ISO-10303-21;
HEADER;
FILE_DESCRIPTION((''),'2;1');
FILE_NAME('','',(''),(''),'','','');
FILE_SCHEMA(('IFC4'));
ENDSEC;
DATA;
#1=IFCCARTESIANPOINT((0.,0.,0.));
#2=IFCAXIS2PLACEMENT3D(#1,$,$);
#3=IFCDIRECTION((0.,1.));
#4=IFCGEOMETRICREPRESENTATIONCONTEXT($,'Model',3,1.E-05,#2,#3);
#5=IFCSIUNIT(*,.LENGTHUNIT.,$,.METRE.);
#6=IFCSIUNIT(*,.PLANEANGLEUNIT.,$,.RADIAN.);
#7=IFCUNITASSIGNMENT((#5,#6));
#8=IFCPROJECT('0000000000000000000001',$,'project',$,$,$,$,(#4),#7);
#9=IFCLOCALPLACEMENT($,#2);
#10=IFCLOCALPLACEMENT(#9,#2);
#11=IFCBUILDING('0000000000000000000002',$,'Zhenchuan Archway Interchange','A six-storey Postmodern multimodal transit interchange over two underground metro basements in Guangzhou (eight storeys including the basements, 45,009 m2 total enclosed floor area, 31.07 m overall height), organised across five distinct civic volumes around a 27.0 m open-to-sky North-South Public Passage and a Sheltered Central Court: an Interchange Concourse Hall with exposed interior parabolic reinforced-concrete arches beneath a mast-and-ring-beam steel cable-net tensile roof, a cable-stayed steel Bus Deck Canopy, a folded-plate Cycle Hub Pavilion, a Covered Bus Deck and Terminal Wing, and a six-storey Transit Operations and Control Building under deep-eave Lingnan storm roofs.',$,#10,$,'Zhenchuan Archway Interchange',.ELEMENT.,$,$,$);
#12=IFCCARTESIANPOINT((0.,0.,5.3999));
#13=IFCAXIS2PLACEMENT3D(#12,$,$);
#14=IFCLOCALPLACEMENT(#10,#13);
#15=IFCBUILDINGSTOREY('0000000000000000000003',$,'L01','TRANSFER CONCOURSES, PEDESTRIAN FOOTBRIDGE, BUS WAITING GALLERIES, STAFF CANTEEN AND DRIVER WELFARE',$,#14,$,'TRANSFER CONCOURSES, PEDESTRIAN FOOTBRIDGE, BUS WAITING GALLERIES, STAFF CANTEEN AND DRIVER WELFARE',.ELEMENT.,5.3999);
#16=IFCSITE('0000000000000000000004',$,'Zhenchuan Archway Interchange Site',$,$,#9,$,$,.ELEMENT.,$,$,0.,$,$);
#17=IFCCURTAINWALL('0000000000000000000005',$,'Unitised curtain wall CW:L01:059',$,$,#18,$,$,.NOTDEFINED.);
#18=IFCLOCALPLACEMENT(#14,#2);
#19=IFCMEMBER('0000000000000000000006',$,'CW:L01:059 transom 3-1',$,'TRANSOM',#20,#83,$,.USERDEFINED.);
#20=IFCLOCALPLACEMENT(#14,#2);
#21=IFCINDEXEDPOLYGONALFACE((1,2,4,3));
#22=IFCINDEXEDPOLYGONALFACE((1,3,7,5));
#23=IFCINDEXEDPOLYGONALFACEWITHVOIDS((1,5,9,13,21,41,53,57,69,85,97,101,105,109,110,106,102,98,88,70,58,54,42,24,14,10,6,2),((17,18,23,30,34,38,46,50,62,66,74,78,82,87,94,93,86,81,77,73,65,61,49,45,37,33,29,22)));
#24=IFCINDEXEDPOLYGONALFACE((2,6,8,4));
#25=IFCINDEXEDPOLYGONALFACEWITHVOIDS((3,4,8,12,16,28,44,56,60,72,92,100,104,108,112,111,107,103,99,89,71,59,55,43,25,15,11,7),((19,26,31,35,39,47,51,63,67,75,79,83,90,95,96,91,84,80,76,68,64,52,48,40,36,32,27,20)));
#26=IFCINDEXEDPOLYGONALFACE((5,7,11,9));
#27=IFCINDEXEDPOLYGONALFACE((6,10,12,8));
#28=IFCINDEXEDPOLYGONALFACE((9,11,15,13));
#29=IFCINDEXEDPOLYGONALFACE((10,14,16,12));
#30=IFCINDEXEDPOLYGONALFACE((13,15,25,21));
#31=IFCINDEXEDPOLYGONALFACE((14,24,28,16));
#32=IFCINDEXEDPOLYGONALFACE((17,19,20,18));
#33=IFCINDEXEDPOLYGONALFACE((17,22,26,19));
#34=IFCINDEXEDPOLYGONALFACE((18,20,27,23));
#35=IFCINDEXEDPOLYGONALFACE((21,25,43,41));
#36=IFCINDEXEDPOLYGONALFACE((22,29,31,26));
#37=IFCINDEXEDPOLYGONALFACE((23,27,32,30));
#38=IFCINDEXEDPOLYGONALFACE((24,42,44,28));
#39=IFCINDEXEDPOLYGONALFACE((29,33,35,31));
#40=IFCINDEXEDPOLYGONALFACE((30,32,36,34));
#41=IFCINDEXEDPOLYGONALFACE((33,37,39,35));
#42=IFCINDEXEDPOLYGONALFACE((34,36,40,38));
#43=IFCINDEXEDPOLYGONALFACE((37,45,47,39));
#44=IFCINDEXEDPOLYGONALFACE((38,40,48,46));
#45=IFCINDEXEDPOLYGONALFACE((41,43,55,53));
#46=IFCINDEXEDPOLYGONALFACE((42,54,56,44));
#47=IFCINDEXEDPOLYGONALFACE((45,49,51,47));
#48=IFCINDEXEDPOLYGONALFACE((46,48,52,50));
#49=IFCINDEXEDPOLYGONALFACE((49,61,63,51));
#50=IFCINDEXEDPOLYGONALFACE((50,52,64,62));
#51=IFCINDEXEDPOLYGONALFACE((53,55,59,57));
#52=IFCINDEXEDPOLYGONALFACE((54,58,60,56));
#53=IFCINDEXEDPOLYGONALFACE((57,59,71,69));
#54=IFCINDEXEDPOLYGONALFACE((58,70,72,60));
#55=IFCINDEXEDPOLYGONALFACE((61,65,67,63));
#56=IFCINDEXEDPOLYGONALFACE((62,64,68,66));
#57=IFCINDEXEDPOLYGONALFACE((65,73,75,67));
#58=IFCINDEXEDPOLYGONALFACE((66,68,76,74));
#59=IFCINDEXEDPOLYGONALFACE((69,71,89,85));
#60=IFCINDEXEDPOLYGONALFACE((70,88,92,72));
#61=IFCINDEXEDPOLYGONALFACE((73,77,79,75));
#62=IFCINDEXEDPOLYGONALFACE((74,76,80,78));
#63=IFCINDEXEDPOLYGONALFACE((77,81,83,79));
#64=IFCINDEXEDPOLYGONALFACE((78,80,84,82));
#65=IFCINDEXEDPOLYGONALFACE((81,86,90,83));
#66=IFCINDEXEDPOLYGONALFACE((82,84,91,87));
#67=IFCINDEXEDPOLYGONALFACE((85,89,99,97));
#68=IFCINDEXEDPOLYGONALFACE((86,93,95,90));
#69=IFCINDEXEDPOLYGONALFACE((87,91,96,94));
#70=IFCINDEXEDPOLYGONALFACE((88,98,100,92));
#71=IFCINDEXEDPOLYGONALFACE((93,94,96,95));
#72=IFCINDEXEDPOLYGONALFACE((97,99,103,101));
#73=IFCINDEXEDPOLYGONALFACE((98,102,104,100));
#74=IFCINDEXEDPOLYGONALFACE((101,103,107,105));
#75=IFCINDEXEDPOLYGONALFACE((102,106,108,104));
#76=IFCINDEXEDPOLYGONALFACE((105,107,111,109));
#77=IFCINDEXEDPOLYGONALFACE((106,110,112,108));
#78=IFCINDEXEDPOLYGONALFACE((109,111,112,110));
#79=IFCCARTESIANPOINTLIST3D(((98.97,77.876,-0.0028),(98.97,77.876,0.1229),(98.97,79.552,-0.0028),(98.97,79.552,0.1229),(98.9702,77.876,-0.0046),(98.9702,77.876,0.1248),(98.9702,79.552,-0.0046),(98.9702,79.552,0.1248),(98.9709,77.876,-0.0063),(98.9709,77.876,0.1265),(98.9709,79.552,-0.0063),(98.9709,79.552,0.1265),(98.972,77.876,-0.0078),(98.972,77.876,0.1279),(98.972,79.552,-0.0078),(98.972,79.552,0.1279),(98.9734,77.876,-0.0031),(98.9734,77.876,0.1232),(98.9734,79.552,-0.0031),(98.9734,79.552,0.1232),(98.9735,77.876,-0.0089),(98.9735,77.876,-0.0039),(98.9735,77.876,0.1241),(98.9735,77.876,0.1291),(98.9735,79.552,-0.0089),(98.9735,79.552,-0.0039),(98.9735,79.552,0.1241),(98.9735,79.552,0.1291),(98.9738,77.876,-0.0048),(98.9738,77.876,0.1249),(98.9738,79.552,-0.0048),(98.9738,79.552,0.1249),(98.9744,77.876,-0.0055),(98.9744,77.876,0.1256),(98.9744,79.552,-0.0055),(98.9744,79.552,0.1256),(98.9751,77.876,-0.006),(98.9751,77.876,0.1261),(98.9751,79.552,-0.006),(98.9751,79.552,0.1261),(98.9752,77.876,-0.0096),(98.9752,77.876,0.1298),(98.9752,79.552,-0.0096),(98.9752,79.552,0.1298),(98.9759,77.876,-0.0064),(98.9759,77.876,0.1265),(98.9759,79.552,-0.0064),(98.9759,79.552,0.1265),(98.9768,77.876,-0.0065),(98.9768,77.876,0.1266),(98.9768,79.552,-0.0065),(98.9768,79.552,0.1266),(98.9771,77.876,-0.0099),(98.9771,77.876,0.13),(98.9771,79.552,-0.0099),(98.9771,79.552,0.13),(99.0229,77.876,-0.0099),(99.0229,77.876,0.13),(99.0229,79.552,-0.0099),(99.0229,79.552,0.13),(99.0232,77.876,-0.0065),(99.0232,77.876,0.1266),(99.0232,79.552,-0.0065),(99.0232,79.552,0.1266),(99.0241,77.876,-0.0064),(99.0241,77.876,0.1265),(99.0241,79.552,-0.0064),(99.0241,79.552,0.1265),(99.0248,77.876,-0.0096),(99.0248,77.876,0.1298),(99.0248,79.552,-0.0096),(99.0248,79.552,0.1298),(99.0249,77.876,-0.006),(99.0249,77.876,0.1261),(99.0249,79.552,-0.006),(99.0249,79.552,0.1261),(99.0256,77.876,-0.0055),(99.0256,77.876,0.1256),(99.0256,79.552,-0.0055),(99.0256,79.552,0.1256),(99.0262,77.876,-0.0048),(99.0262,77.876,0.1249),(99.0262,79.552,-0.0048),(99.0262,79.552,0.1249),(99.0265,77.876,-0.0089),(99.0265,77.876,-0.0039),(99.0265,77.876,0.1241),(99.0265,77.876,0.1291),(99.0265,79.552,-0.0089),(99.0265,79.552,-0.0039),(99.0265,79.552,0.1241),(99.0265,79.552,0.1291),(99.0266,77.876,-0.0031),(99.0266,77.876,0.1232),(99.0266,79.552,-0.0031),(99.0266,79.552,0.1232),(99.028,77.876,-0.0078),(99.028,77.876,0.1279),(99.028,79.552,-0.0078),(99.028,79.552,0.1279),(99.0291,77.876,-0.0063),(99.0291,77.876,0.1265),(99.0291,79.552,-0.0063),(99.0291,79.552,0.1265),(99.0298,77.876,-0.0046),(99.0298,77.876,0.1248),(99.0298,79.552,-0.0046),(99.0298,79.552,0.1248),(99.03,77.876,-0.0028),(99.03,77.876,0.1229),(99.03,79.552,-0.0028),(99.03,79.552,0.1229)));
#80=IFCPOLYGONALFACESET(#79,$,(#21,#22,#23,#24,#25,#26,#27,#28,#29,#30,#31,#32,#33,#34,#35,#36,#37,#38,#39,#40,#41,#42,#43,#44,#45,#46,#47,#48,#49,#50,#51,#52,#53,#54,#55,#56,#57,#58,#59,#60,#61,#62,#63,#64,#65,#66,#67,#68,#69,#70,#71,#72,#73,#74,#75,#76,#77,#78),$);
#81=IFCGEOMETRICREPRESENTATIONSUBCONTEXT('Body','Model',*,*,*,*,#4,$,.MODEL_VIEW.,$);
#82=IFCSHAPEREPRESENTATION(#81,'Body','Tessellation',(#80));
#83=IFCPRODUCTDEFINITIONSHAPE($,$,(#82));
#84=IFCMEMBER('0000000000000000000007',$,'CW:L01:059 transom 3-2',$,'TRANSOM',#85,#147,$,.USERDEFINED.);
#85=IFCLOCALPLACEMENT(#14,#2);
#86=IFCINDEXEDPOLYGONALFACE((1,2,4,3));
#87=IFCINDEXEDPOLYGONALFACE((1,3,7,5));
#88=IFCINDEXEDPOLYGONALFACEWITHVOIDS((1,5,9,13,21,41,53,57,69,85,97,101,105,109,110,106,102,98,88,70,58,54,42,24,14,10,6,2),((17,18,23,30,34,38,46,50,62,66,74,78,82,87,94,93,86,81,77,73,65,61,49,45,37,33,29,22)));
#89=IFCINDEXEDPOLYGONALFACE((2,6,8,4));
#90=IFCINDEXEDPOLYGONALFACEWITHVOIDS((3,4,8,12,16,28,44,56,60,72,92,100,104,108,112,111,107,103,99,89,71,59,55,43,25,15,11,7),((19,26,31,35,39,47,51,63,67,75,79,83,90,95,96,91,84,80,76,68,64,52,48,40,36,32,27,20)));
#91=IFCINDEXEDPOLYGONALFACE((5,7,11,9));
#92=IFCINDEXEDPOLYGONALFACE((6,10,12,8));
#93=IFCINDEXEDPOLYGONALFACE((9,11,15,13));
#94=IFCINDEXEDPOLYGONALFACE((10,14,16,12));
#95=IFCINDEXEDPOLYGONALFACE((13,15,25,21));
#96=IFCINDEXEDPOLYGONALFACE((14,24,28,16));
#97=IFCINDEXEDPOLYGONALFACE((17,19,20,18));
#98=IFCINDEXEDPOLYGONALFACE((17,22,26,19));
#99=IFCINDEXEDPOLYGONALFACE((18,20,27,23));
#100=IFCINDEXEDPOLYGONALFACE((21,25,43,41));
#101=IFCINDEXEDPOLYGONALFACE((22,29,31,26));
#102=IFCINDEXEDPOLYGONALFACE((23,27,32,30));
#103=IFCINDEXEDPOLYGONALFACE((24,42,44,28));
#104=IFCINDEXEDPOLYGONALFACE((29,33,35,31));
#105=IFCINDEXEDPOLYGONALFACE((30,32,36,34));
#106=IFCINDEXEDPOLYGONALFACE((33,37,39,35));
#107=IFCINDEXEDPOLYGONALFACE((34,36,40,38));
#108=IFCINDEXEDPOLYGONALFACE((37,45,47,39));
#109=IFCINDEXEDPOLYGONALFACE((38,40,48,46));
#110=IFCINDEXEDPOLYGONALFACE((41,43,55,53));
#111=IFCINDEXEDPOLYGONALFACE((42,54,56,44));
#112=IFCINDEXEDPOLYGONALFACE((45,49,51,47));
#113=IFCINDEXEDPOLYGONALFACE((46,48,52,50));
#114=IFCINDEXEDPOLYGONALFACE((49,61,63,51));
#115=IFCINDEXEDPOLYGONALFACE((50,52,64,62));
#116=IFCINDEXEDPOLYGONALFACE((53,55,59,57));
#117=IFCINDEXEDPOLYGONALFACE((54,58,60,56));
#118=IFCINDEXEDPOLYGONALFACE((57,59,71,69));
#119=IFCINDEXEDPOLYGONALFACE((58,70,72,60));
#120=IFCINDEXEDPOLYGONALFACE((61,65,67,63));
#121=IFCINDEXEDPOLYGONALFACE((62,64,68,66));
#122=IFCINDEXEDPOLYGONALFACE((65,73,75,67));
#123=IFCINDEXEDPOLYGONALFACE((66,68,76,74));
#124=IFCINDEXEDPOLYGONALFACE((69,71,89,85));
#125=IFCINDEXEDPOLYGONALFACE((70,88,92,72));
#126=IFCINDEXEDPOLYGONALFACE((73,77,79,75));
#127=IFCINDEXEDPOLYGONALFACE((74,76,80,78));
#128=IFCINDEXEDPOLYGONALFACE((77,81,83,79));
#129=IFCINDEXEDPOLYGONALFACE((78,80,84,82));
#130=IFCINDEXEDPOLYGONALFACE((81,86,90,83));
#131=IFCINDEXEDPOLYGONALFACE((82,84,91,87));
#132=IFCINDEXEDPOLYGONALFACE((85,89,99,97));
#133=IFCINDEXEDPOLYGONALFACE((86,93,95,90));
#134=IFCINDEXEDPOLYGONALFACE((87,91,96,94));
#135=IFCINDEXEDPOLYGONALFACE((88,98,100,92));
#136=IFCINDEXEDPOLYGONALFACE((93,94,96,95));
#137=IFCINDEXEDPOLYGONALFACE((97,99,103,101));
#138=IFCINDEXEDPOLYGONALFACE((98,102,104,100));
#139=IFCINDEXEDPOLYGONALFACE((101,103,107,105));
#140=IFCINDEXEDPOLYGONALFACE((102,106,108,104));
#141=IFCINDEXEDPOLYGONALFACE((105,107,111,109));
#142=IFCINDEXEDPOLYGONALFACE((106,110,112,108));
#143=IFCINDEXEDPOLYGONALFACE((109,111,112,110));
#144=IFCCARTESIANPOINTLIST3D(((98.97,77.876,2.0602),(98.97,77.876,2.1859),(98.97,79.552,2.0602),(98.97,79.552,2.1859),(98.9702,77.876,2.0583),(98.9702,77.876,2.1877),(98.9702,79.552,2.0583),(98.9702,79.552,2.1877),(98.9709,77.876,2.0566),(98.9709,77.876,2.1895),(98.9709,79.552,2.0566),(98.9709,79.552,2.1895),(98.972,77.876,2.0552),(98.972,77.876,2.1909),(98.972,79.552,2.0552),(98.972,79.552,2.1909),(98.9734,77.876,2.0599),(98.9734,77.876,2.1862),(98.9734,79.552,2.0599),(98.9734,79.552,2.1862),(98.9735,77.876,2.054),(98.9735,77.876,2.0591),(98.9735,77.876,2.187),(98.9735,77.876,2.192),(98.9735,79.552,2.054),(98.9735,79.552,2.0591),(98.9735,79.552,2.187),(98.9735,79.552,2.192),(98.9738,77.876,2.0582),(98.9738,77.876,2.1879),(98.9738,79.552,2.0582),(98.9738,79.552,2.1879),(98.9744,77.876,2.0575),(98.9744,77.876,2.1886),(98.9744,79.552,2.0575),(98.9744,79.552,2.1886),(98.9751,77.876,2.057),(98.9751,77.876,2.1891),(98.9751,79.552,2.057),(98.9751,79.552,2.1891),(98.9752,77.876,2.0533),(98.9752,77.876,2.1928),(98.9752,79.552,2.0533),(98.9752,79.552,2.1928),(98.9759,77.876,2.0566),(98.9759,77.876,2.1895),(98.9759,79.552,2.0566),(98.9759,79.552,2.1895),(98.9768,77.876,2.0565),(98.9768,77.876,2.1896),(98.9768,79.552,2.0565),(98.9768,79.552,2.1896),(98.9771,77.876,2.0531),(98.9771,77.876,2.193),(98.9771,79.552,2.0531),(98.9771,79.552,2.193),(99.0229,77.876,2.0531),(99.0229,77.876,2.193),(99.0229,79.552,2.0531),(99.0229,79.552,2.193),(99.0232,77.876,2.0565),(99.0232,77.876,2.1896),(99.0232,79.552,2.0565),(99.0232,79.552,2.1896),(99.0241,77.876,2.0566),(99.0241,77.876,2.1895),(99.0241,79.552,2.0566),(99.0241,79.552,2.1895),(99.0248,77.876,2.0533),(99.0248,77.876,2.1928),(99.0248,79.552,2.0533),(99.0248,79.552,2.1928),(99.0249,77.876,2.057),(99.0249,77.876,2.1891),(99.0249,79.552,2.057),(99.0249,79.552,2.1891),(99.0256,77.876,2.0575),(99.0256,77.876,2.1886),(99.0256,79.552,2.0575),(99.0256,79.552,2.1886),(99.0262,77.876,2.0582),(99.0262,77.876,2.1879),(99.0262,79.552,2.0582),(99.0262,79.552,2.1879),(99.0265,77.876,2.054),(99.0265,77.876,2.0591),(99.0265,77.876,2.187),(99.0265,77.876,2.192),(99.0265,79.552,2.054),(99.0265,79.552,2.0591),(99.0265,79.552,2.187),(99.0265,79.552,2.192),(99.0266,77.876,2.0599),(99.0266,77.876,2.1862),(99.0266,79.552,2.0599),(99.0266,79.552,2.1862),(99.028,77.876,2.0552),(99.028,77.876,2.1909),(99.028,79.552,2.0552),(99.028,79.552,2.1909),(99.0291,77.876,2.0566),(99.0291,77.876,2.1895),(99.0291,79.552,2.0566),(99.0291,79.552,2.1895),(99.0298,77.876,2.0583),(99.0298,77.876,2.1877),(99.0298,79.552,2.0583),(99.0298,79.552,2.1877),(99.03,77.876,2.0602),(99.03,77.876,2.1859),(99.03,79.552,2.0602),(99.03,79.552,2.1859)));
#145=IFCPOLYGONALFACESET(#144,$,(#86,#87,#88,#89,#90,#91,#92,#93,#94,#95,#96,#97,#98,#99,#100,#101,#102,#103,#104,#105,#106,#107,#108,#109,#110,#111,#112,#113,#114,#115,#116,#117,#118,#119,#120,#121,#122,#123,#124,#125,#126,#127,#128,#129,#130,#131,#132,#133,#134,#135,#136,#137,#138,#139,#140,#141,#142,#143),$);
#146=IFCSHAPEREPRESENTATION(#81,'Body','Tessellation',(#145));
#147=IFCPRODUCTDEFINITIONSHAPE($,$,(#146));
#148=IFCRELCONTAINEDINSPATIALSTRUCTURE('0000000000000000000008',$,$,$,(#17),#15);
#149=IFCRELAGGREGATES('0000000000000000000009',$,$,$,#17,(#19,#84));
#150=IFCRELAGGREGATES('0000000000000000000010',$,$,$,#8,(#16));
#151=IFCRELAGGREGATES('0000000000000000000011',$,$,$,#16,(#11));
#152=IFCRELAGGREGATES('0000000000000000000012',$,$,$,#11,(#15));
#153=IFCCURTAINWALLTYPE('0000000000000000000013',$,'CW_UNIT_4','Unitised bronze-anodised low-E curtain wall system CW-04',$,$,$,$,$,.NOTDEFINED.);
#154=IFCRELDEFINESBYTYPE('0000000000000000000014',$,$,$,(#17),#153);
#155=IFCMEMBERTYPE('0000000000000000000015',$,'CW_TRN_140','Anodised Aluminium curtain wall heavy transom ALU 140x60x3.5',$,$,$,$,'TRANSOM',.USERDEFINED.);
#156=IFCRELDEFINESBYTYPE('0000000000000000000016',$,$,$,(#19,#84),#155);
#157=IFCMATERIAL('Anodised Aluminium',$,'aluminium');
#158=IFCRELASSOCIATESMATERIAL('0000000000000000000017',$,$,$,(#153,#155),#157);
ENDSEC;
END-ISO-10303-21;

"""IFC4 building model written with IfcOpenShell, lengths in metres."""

from ifc_helpers import new_model, si_unit, direction, frame, origin, origin_2d, place, context, subcontext, project, spatial, hollow_rectangle, extrude, material, material_profile, profile_set, type_object, element, aggregate, save


model = new_model("IFC4")

# Units and contexts
model_context = context("Model", 3, precision=1e-05, world=origin(), true_north=direction((0.0, 1.0)))
body_context = subcontext(model_context, "Body", "Model", "MODEL_VIEW")
ifc_project = project(units=[si_unit("LENGTHUNIT", "METRE"), si_unit("PLANEANGLEUNIT", "RADIAN")], contexts=[model_context])

# Site, building, storey
site_placement = place(None, origin())
site = spatial("IfcSite", under=ifc_project, at=site_placement, Name="Zhenchuan Archway Interchange Site", CompositionType="ELEMENT", RefElevation=0.0)
building_placement = place(site_placement, origin())
building = spatial("IfcBuilding", under=site, at=building_placement, Name="Zhenchuan Archway Interchange", Description="A six-storey Postmodern multimodal transit interchange over two underground metro basements in Guangzhou (eight storeys including the basements, 45,009 m2 total enclosed floor area, 31.07 m overall height), organised across five distinct civic volumes around a 27.0 m open-to-sky North-South Public Passage and a Sheltered Central Court: an Interchange Concourse Hall with exposed interior parabolic reinforced-concrete arches beneath a mast-and-ring-beam steel cable-net tensile roof, a cable-stayed steel Bus Deck Canopy, a folded-plate Cycle Hub Pavilion, a Covered Bus Deck and Terminal Wing, and a six-storey Transit Operations and Control Building under deep-eave Lingnan storm roofs.", LongName="Zhenchuan Archway Interchange", CompositionType="ELEMENT")
storey_placement = place(building_placement, frame((0.0, 0.0, 5.3999)))
storey = spatial("IfcBuildingStorey", under=building, at=storey_placement, Name="L01", Description="TRANSFER CONCOURSES, PEDESTRIAN FOOTBRIDGE, BUS WAITING GALLERIES, STAFF CANTEEN AND DRIVER WELFARE", LongName="TRANSFER CONCOURSES, PEDESTRIAN FOOTBRIDGE, BUS WAITING GALLERIES, STAFF CANTEEN AND DRIVER WELFARE", CompositionType="ELEMENT", Elevation=5.3999)

# Curtain wall, members
ifc_material_1 = material(Name="Anodised Aluminium", Category="aluminium")
curtain_wall_type = type_object("IfcCurtainWallType", Name="CW_UNIT_4", Description="Unitised bronze-anodised low-E curtain wall system CW-04", PredefinedType="NOTDEFINED", material=ifc_material_1)
curtain_wall_placement = place(storey_placement, origin())
curtain_wall = element("IfcCurtainWall", 1, at=curtain_wall_placement, inside=storey, type_object=curtain_wall_type, Name="Unitised curtain wall CW:L01:059", PredefinedType="NOTDEFINED")
ifc_material_profile_1 = material_profile(ifc_material_1, hollow_rectangle(XDim=0.0601, YDim=0.1399, WallThickness=0.0034, InnerFilletRadius=0.0034, OuterFilletRadius=0.0071, at=origin_2d()), Name="ALU 140x60x3.5")
ifc_profile_set_1 = profile_set([ifc_material_profile_1], Name="Anodised Aluminium")
member_type_1 = type_object("IfcMemberType", Name="CW_TRN_140", Description="Anodised Aluminium curtain wall heavy transom ALU 140x60x3.5", ElementType="TRANSOM", PredefinedType="USERDEFINED", material=ifc_profile_set_1)
member_1_placement = place(storey_placement, frame((99.0, 77.876, 0.0601), z_axis=(0.0, 1.0, 0.0), x_axis=(-1.0, 0.0, 0.0)))
member_1 = element("IfcMember", 2, at=member_1_placement, type_object=member_type_1, Name="CW:L01:059 transom 3-1", ObjectType="TRANSOM", PredefinedType="USERDEFINED", context=body_context, shape_type="SweptSolid", body=[
    extrude(hollow_rectangle(XDim=0.0601, YDim=0.1399, WallThickness=0.0034, InnerFilletRadius=0.0034, OuterFilletRadius=0.0071, at=origin_2d()), origin(), (0.0, 0.0, 1.0), 1.676),
])
member_2_placement = place(storey_placement, frame((99.0, 77.876, 2.123), z_axis=(0.0, 1.0, 0.0), x_axis=(-1.0, 0.0, 0.0)))
member_2 = element("IfcMember", 3, at=member_2_placement, type_object=member_type_1, Name="CW:L01:059 transom 3-2", ObjectType="TRANSOM", PredefinedType="USERDEFINED", context=body_context, shape_type="SweptSolid", body=[
    extrude(hollow_rectangle(XDim=0.0601, YDim=0.1399, WallThickness=0.0034, InnerFilletRadius=0.0034, OuterFilletRadius=0.0071, at=origin_2d()), origin(), (0.0, 0.0, 1.0), 1.676),
])
aggregate(curtain_wall, [member_1, member_2])

save(model, "model.ifc")
